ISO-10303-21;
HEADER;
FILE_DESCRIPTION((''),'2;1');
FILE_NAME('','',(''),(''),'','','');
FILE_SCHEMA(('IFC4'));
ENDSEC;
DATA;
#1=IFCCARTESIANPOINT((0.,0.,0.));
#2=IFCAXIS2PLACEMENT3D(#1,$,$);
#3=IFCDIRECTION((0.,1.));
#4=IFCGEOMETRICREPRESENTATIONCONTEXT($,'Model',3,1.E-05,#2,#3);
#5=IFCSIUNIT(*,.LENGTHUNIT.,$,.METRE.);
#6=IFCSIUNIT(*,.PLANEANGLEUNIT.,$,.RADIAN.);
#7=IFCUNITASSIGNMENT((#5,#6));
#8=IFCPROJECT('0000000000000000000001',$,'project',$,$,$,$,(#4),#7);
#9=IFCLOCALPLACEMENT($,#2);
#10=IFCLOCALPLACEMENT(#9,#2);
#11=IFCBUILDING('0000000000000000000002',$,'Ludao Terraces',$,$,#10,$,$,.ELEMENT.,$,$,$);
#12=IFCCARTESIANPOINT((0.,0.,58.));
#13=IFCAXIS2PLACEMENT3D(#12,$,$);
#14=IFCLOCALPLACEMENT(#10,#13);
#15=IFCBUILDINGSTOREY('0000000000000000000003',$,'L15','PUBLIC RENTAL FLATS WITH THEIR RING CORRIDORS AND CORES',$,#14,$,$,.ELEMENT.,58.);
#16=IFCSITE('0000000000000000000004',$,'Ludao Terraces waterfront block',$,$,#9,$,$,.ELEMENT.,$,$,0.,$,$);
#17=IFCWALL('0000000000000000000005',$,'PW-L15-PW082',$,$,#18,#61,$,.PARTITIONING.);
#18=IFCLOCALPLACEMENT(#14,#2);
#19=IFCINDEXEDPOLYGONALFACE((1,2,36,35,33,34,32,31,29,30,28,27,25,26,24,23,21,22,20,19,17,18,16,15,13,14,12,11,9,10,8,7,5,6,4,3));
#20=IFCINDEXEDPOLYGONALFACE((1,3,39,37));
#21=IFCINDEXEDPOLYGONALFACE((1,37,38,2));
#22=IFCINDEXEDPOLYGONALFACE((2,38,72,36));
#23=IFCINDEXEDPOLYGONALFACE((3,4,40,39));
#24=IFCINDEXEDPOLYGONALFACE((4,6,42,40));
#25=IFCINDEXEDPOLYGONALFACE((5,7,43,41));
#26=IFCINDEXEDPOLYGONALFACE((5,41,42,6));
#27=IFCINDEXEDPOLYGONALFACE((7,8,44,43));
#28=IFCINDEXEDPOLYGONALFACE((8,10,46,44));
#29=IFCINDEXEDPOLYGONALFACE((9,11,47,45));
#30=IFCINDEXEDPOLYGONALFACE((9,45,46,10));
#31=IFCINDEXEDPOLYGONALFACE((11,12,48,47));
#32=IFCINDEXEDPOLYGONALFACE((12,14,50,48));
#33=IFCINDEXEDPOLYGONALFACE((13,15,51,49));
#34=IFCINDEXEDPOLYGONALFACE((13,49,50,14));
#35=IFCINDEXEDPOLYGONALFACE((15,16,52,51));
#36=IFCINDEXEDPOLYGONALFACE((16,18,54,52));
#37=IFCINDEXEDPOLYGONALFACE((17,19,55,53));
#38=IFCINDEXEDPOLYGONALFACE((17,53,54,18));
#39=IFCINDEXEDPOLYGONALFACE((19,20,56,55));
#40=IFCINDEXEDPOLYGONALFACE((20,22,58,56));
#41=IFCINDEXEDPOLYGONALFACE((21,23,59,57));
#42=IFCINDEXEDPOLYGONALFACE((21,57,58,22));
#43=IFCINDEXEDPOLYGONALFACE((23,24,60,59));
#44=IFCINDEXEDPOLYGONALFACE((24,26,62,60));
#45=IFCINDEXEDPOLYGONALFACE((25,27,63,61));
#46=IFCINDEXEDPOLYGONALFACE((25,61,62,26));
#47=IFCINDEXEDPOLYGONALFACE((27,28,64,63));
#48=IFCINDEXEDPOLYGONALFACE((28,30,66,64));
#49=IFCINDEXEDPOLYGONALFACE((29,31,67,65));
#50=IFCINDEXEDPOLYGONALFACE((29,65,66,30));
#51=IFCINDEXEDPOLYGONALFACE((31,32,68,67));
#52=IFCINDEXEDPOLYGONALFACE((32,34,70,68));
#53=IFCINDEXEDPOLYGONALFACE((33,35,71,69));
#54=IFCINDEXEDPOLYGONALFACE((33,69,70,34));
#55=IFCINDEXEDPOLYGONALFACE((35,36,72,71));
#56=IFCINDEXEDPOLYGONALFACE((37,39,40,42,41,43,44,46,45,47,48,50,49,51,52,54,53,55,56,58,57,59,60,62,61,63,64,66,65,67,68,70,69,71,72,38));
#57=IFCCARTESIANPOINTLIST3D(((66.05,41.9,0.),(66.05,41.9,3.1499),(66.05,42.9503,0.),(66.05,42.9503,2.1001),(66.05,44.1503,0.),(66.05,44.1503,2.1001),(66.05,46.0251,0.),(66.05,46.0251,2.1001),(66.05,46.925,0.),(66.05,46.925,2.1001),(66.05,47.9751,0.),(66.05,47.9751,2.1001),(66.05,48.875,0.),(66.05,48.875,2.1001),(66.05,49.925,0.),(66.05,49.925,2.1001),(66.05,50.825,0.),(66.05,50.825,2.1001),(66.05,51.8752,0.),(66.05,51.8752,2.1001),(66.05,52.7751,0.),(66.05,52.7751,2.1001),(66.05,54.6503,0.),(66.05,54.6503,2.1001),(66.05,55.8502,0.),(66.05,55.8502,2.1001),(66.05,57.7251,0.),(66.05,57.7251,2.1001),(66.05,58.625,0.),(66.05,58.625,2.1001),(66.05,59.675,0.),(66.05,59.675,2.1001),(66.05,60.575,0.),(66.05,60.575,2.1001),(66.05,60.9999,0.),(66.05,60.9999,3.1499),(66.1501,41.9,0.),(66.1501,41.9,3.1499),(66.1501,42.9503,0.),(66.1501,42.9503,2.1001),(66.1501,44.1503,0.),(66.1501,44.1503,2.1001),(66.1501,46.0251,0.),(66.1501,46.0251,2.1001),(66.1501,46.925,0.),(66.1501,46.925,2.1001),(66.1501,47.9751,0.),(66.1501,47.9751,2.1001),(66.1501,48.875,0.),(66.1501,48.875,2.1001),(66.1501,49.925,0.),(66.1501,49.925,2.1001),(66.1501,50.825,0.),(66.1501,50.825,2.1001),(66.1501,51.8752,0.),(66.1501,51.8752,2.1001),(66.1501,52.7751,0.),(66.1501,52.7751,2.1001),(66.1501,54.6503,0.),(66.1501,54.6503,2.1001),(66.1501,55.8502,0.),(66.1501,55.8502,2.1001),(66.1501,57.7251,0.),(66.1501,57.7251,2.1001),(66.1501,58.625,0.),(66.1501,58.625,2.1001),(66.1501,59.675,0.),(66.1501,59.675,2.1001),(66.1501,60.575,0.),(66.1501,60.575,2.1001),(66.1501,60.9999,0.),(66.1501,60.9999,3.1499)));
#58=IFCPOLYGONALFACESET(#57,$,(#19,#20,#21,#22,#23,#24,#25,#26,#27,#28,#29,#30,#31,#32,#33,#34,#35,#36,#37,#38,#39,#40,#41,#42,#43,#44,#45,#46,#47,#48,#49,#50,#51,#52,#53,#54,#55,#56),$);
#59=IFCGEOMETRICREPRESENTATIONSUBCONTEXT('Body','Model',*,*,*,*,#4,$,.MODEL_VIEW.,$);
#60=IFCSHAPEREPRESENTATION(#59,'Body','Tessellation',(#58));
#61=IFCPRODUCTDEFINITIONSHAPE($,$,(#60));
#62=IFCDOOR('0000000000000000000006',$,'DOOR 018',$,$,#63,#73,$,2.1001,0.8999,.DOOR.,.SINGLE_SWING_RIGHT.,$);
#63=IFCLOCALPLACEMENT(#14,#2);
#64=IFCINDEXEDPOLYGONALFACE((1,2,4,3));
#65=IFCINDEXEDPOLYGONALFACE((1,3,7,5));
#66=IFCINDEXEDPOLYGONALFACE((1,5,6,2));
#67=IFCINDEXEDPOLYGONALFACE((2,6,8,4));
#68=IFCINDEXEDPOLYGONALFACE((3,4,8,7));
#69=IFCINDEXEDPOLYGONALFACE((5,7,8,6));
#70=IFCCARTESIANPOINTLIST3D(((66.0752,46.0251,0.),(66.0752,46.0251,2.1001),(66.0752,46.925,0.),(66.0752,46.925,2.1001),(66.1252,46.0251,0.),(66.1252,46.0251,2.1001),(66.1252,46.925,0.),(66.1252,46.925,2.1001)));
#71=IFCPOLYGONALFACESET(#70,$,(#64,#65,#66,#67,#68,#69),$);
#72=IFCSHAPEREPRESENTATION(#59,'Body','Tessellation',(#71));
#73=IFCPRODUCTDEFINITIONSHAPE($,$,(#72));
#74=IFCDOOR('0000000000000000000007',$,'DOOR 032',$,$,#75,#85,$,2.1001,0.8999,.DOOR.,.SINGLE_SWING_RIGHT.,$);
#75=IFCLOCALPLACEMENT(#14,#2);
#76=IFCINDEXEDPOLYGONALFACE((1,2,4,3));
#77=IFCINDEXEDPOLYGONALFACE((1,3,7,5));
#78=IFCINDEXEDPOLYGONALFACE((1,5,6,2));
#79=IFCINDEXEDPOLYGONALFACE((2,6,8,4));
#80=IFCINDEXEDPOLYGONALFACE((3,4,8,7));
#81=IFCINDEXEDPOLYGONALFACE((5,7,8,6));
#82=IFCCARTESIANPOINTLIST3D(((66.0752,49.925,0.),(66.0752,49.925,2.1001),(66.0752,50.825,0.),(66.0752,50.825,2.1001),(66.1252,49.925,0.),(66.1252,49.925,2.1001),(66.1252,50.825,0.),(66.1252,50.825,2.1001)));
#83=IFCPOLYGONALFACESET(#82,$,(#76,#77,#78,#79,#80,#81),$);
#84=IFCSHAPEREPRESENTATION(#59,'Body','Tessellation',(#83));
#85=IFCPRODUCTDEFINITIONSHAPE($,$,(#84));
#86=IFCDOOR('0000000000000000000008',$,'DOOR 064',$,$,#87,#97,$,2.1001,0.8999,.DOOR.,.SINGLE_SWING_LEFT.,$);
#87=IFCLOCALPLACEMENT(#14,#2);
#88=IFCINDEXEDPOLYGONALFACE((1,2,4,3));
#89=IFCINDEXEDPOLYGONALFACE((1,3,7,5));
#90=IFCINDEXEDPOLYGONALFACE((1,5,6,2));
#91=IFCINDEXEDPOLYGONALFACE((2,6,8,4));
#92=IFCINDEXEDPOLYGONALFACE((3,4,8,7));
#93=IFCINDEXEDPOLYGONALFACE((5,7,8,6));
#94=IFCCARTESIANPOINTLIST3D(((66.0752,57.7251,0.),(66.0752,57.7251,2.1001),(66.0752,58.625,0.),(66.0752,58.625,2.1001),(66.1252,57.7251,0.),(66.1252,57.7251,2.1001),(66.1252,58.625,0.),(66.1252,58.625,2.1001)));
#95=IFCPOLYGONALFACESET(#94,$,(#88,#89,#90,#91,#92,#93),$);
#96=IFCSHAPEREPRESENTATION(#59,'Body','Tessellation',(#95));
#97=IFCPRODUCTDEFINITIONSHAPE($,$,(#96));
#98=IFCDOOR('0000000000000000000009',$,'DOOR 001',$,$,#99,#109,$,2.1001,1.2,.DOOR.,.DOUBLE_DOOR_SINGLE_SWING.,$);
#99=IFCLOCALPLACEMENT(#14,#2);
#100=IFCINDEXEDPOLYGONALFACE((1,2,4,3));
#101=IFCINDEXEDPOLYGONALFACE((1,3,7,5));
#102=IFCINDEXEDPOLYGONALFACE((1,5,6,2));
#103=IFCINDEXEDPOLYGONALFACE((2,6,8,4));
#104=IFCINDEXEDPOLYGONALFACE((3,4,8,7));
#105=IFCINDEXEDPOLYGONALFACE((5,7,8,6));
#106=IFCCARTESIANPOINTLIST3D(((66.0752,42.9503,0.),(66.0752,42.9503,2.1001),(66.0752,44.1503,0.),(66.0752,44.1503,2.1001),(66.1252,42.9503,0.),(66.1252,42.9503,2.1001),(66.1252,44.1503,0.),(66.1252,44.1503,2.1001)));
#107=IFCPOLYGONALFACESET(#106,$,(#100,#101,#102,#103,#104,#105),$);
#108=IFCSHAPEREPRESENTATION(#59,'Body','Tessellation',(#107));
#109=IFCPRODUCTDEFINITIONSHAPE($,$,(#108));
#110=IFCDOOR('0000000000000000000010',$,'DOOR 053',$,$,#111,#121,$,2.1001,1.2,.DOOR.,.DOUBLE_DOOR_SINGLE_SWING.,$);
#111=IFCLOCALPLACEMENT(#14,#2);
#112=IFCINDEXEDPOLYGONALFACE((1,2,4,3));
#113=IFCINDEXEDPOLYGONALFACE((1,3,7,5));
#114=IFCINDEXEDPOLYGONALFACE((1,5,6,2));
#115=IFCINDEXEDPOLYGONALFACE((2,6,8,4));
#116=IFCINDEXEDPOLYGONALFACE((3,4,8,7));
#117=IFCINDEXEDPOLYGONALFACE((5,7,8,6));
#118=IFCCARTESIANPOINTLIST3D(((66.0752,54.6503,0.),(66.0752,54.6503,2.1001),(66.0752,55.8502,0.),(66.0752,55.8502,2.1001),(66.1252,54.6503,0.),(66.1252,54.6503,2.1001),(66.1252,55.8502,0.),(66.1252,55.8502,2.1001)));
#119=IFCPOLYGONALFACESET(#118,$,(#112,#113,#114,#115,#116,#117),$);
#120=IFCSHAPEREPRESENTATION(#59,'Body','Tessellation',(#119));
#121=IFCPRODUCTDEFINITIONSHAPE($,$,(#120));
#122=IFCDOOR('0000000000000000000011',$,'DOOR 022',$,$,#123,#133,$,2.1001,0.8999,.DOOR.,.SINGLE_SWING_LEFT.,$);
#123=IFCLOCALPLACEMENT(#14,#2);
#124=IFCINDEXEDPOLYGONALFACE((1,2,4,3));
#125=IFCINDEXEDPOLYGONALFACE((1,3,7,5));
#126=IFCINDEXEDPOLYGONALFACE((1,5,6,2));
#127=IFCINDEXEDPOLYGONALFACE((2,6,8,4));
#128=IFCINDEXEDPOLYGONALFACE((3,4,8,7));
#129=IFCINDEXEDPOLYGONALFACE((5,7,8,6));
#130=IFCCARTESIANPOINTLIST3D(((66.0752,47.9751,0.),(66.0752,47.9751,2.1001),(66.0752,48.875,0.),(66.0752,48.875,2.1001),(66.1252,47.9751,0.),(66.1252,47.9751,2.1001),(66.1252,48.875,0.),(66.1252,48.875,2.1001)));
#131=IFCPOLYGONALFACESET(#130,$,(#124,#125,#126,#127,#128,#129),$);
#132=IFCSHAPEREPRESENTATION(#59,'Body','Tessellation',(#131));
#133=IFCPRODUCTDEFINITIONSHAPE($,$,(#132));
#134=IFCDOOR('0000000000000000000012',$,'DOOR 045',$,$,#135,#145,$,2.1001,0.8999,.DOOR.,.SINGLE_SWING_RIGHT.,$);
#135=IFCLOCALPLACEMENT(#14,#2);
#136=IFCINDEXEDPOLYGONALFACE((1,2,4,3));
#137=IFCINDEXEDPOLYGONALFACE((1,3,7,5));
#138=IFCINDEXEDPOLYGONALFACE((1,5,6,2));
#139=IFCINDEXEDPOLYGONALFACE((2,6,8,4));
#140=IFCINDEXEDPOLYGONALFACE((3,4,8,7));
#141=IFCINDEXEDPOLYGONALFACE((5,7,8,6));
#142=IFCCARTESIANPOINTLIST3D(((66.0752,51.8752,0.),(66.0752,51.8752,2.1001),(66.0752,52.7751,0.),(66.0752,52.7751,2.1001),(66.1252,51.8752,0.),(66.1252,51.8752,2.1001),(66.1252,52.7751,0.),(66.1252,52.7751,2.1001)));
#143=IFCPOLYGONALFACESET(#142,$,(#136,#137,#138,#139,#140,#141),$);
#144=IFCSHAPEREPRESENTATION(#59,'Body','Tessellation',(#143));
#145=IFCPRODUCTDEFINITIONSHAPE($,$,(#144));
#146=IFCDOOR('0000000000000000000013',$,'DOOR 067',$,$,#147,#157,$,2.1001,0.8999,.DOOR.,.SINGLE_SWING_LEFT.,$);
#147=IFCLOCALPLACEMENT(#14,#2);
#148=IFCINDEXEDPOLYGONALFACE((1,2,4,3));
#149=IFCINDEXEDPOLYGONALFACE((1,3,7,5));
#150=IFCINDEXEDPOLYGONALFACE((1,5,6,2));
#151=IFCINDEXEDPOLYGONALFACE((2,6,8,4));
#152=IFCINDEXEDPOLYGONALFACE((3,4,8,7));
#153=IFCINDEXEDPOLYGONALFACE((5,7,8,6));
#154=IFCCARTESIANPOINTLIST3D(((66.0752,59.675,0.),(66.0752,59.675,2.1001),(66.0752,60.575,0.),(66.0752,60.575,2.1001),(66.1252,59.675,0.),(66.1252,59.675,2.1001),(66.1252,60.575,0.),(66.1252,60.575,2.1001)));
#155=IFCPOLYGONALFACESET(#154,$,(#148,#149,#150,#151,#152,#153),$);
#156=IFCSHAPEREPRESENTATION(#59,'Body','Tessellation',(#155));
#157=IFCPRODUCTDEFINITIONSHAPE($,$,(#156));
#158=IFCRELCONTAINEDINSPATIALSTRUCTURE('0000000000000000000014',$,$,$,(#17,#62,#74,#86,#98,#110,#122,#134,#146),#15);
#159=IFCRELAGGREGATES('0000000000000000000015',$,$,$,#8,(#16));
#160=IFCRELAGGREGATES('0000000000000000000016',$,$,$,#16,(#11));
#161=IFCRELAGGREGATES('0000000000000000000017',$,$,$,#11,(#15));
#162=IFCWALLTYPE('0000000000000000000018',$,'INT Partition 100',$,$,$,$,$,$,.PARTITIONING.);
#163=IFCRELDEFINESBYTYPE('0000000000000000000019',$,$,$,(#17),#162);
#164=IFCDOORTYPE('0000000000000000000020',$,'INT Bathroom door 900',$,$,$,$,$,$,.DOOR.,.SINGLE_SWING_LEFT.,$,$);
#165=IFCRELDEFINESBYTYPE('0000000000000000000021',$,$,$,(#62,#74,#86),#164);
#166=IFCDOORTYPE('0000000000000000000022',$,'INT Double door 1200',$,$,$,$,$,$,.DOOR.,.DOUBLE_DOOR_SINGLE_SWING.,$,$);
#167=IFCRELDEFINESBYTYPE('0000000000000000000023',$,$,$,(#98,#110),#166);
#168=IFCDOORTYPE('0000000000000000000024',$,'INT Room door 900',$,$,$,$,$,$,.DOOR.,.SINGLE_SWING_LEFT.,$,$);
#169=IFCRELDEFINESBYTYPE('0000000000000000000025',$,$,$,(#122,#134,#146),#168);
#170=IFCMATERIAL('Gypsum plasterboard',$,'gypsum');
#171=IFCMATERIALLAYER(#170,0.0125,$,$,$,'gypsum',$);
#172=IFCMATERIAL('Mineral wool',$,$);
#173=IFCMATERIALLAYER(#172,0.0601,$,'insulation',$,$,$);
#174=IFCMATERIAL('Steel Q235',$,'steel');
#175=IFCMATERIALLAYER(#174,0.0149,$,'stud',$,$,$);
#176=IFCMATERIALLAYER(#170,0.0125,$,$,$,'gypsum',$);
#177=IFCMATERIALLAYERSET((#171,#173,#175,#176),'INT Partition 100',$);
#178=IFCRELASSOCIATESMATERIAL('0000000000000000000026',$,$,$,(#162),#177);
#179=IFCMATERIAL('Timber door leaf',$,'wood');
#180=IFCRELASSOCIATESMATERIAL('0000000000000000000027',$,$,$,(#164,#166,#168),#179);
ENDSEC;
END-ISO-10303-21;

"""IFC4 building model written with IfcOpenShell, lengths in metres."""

from ifc_helpers import new_model, si_unit, direction, frame, frame_2d, origin, place, context, subcontext, project, spatial, rectangle, extrude, material, layer, layer_set, type_object, element, fill, save


model = new_model("IFC4")

# Units and contexts
model_context = context("Model", 3, precision=1e-05, world=origin(), true_north=direction((0.0, 1.0)))
body_context = subcontext(model_context, "Body", "Model", "MODEL_VIEW")
ifc_project = project(units=[si_unit("LENGTHUNIT", "METRE"), si_unit("PLANEANGLEUNIT", "RADIAN")], contexts=[model_context])

# Site, building, storey
site_placement = place(None, origin())
site = spatial("IfcSite", under=ifc_project, at=site_placement, Name="Ludao Terraces waterfront block", CompositionType="ELEMENT", RefElevation=0.0)
building_placement = place(site_placement, origin())
building = spatial("IfcBuilding", under=site, at=building_placement, Name="Ludao Terraces", CompositionType="ELEMENT")
storey_placement = place(building_placement, frame((0.0, 0.0, 58.0)))
storey = spatial("IfcBuildingStorey", under=building, at=storey_placement, Name="L15", Description="PUBLIC RENTAL FLATS WITH THEIR RING CORRIDORS AND CORES", CompositionType="ELEMENT", Elevation=58.0)

# Wall, openings, doors
ifc_material_1 = material(Name="Gypsum plasterboard", Category="gypsum")
ifc_layer_1 = layer(ifc_material_1, 0.0125, Category="gypsum")
ifc_material_2 = material(Name="Mineral wool")
ifc_layer_2 = layer(ifc_material_2, 0.0601, Name="insulation")
ifc_material_3 = material(Name="Steel Q235", Category="steel")
ifc_layer_3 = layer(ifc_material_3, 0.0149, Name="stud")
ifc_layer_4 = layer(ifc_material_1, 0.0125, Category="gypsum")
ifc_layer_set = layer_set([ifc_layer_1, ifc_layer_2, ifc_layer_3, ifc_layer_4], Name="INT Partition 100")
wall_type = type_object("IfcWallType", Name="INT Partition 100", PredefinedType="PARTITIONING", material=ifc_layer_set)
wall_1_placement = place(storey_placement, frame((66.1001, 41.9001, 0.0), z_axis=(0.0, 0.0, 1.0), x_axis=(0.0, 1.0, 0.0)))
wall_1 = element("IfcWall", 1, at=wall_1_placement, inside=storey, type_object=wall_type, Name="PW-L15-PW082", PredefinedType="PARTITIONING", context=body_context, shape_type="SweptSolid", body=[
    extrude(rectangle(XDim=19.0999, YDim=0.1001, at=frame_2d((9.5498, 0.0))), origin(), (0.0, 0.0, 1.0), 3.1499),
])
opening_1_placement = place(wall_1_placement, frame((1.05, 0.0, 0.0)))
opening_1 = element("IfcOpeningElement", 2, at=opening_1_placement, cuts=wall_1, PredefinedType="OPENING", context=body_context, shape_type="SweptSolid", body=[
    extrude(rectangle(XDim=1.2, YDim=2.1001, at=frame_2d((0.6001, 1.05))), frame((0.0, 0.0601, 0.0), z_axis=(0.0, -1.0, 0.0), x_axis=(1.0, 0.0, 0.0)), (0.0, 0.0, 1.0), 0.1201),
])
opening_2_placement = place(wall_1_placement, frame((4.125, 0.0, 0.0)))
opening_2 = element("IfcOpeningElement", 3, at=opening_2_placement, cuts=wall_1, PredefinedType="OPENING", context=body_context, shape_type="SweptSolid", body=[
    extrude(rectangle(XDim=0.8999, YDim=2.1001, at=frame_2d((0.45, 1.05))), frame((0.0, 0.0601, 0.0), z_axis=(0.0, -1.0, 0.0), x_axis=(1.0, 0.0, 0.0)), (0.0, 0.0, 1.0), 0.1201),
])
opening_3_placement = place(wall_1_placement, frame((6.075, 0.0, 0.0)))
opening_3 = element("IfcOpeningElement", 4, at=opening_3_placement, cuts=wall_1, PredefinedType="OPENING", context=body_context, shape_type="SweptSolid", body=[
    extrude(rectangle(XDim=0.8999, YDim=2.1001, at=frame_2d((0.45, 1.05))), frame((0.0, 0.0601, 0.0), z_axis=(0.0, -1.0, 0.0), x_axis=(1.0, 0.0, 0.0)), (0.0, 0.0, 1.0), 0.1201),
])
opening_4_placement = place(wall_1_placement, frame((8.0249, 0.0, 0.0)))
opening_4 = element("IfcOpeningElement", 5, at=opening_4_placement, cuts=wall_1, PredefinedType="OPENING", context=body_context, shape_type="SweptSolid", body=[
    extrude(rectangle(XDim=0.8999, YDim=2.1001, at=frame_2d((0.45, 1.05))), frame((0.0, 0.0601, 0.0), z_axis=(0.0, -1.0, 0.0), x_axis=(1.0, 0.0, 0.0)), (0.0, 0.0, 1.0), 0.1201),
])
opening_5_placement = place(wall_1_placement, frame((9.9751, 0.0, 0.0)))
opening_5 = element("IfcOpeningElement", 6, at=opening_5_placement, cuts=wall_1, PredefinedType="OPENING", context=body_context, shape_type="SweptSolid", body=[
    extrude(rectangle(XDim=0.8999, YDim=2.1001, at=frame_2d((0.45, 1.05))), frame((0.0, 0.0601, 0.0), z_axis=(0.0, -1.0, 0.0), x_axis=(1.0, 0.0, 0.0)), (0.0, 0.0, 1.0), 0.1201),
])
opening_6_placement = place(wall_1_placement, frame((12.75, 0.0, 0.0)))
opening_6 = element("IfcOpeningElement", 7, at=opening_6_placement, cuts=wall_1, PredefinedType="OPENING", context=body_context, shape_type="SweptSolid", body=[
    extrude(rectangle(XDim=1.2, YDim=2.1001, at=frame_2d((0.6001, 1.05))), frame((0.0, 0.0601, 0.0), z_axis=(0.0, -1.0, 0.0), x_axis=(1.0, 0.0, 0.0)), (0.0, 0.0, 1.0), 0.1201),
])
opening_7_placement = place(wall_1_placement, frame((15.825, 0.0, 0.0)))
opening_7 = element("IfcOpeningElement", 8, at=opening_7_placement, cuts=wall_1, PredefinedType="OPENING", context=body_context, shape_type="SweptSolid", body=[
    extrude(rectangle(XDim=0.8999, YDim=2.1001, at=frame_2d((0.45, 1.05))), frame((0.0, 0.0601, 0.0), z_axis=(0.0, -1.0, 0.0), x_axis=(1.0, 0.0, 0.0)), (0.0, 0.0, 1.0), 0.1201),
])
opening_8_placement = place(wall_1_placement, frame((17.7749, 0.0, 0.0)))
opening_8 = element("IfcOpeningElement", 9, at=opening_8_placement, cuts=wall_1, PredefinedType="OPENING", context=body_context, shape_type="SweptSolid", body=[
    extrude(rectangle(XDim=0.8999, YDim=2.1001, at=frame_2d((0.45, 1.05))), frame((0.0, 0.0601, 0.0), z_axis=(0.0, -1.0, 0.0), x_axis=(1.0, 0.0, 0.0)), (0.0, 0.0, 1.0), 0.1201),
])
ifc_material_4 = material(Name="Timber door leaf", Category="wood")
door_type_1 = type_object("IfcDoorType", Name="INT Bathroom door 900", OperationType="SINGLE_SWING_LEFT", PredefinedType="DOOR", material=ifc_material_4)
door_1_placement = place(opening_2_placement, origin())
door_1 = element("IfcDoor", 10, at=door_1_placement, inside=storey, type_object=door_type_1, Name="DOOR 018", OperationType="SINGLE_SWING_RIGHT", OverallHeight=2.1001, OverallWidth=0.8999, PredefinedType="DOOR", context=body_context, shape_type="SweptSolid", body=[
    extrude(rectangle(XDim=0.8999, YDim=2.1001, at=frame_2d((0.45, 1.05))), frame((0.0, 0.0249, 0.0), z_axis=(0.0, -1.0, 0.0), x_axis=(1.0, 0.0, 0.0)), (0.0, 0.0, 1.0), 0.05),
])
fill(opening_2, door_1)
door_2_placement = place(opening_4_placement, origin())
door_2 = element("IfcDoor", 11, at=door_2_placement, inside=storey, type_object=door_type_1, Name="DOOR 032", OperationType="SINGLE_SWING_RIGHT", OverallHeight=2.1001, OverallWidth=0.8999, PredefinedType="DOOR", context=body_context, shape_type="SweptSolid", body=[
    extrude(rectangle(XDim=0.8999, YDim=2.1001, at=frame_2d((0.45, 1.05))), frame((0.0, 0.0249, 0.0), z_axis=(0.0, -1.0, 0.0), x_axis=(1.0, 0.0, 0.0)), (0.0, 0.0, 1.0), 0.05),
])
fill(opening_4, door_2)
door_3_placement = place(opening_7_placement, origin())
door_3 = element("IfcDoor", 12, at=door_3_placement, inside=storey, type_object=door_type_1, Name="DOOR 064", OperationType="SINGLE_SWING_LEFT", OverallHeight=2.1001, OverallWidth=0.8999, PredefinedType="DOOR", context=body_context, shape_type="SweptSolid", body=[
    extrude(rectangle(XDim=0.8999, YDim=2.1001, at=frame_2d((0.45, 1.05))), frame((0.0, 0.0249, 0.0), z_axis=(0.0, -1.0, 0.0), x_axis=(1.0, 0.0, 0.0)), (0.0, 0.0, 1.0), 0.05),
])
fill(opening_7, door_3)
door_type_2 = type_object("IfcDoorType", Name="INT Double door 1200", OperationType="DOUBLE_DOOR_SINGLE_SWING", PredefinedType="DOOR", material=ifc_material_4)
door_4_placement = place(opening_1_placement, origin())
door_4 = element("IfcDoor", 13, at=door_4_placement, inside=storey, type_object=door_type_2, Name="DOOR 001", OperationType="DOUBLE_DOOR_SINGLE_SWING", OverallHeight=2.1001, OverallWidth=1.2, PredefinedType="DOOR", context=body_context, shape_type="SweptSolid", body=[
    extrude(rectangle(XDim=1.2, YDim=2.1001, at=frame_2d((0.6001, 1.05))), frame((0.0, 0.0249, 0.0), z_axis=(0.0, -1.0, 0.0), x_axis=(1.0, 0.0, 0.0)), (0.0, 0.0, 1.0), 0.05),
])
fill(opening_1, door_4)
door_5_placement = place(opening_6_placement, origin())
door_5 = element("IfcDoor", 14, at=door_5_placement, inside=storey, type_object=door_type_2, Name="DOOR 053", OperationType="DOUBLE_DOOR_SINGLE_SWING", OverallHeight=2.1001, OverallWidth=1.2, PredefinedType="DOOR", context=body_context, shape_type="SweptSolid", body=[
    extrude(rectangle(XDim=1.2, YDim=2.1001, at=frame_2d((0.6001, 1.05))), frame((0.0, 0.0249, 0.0), z_axis=(0.0, -1.0, 0.0), x_axis=(1.0, 0.0, 0.0)), (0.0, 0.0, 1.0), 0.05),
])
fill(opening_6, door_5)
door_type_3 = type_object("IfcDoorType", Name="INT Room door 900", OperationType="SINGLE_SWING_LEFT", PredefinedType="DOOR", material=ifc_material_4)
door_6_placement = place(opening_3_placement, origin())
door_6 = element("IfcDoor", 15, at=door_6_placement, inside=storey, type_object=door_type_3, Name="DOOR 022", OperationType="SINGLE_SWING_LEFT", OverallHeight=2.1001, OverallWidth=0.8999, PredefinedType="DOOR", context=body_context, shape_type="SweptSolid", body=[
    extrude(rectangle(XDim=0.8999, YDim=2.1001, at=frame_2d((0.45, 1.05))), frame((0.0, 0.0249, 0.0), z_axis=(0.0, -1.0, 0.0), x_axis=(1.0, 0.0, 0.0)), (0.0, 0.0, 1.0), 0.05),
])
fill(opening_3, door_6)
door_7_placement = place(opening_5_placement, origin())
door_7 = element("IfcDoor", 16, at=door_7_placement, inside=storey, type_object=door_type_3, Name="DOOR 045", OperationType="SINGLE_SWING_RIGHT", OverallHeight=2.1001, OverallWidth=0.8999, PredefinedType="DOOR", context=body_context, shape_type="SweptSolid", body=[
    extrude(rectangle(XDim=0.8999, YDim=2.1001, at=frame_2d((0.45, 1.05))), frame((0.0, 0.0249, 0.0), z_axis=(0.0, -1.0, 0.0), x_axis=(1.0, 0.0, 0.0)), (0.0, 0.0, 1.0), 0.05),
])
fill(opening_5, door_7)
door_8_placement = place(opening_8_placement, origin())
door_8 = element("IfcDoor", 17, at=door_8_placement, inside=storey, type_object=door_type_3, Name="DOOR 067", OperationType="SINGLE_SWING_LEFT", OverallHeight=2.1001, OverallWidth=0.8999, PredefinedType="DOOR", context=body_context, shape_type="SweptSolid", body=[
    extrude(rectangle(XDim=0.8999, YDim=2.1001, at=frame_2d((0.45, 1.05))), frame((0.0, 0.0249, 0.0), z_axis=(0.0, -1.0, 0.0), x_axis=(1.0, 0.0, 0.0)), (0.0, 0.0, 1.0), 0.05),
])
fill(opening_8, door_8)

save(model, "model.ifc")
